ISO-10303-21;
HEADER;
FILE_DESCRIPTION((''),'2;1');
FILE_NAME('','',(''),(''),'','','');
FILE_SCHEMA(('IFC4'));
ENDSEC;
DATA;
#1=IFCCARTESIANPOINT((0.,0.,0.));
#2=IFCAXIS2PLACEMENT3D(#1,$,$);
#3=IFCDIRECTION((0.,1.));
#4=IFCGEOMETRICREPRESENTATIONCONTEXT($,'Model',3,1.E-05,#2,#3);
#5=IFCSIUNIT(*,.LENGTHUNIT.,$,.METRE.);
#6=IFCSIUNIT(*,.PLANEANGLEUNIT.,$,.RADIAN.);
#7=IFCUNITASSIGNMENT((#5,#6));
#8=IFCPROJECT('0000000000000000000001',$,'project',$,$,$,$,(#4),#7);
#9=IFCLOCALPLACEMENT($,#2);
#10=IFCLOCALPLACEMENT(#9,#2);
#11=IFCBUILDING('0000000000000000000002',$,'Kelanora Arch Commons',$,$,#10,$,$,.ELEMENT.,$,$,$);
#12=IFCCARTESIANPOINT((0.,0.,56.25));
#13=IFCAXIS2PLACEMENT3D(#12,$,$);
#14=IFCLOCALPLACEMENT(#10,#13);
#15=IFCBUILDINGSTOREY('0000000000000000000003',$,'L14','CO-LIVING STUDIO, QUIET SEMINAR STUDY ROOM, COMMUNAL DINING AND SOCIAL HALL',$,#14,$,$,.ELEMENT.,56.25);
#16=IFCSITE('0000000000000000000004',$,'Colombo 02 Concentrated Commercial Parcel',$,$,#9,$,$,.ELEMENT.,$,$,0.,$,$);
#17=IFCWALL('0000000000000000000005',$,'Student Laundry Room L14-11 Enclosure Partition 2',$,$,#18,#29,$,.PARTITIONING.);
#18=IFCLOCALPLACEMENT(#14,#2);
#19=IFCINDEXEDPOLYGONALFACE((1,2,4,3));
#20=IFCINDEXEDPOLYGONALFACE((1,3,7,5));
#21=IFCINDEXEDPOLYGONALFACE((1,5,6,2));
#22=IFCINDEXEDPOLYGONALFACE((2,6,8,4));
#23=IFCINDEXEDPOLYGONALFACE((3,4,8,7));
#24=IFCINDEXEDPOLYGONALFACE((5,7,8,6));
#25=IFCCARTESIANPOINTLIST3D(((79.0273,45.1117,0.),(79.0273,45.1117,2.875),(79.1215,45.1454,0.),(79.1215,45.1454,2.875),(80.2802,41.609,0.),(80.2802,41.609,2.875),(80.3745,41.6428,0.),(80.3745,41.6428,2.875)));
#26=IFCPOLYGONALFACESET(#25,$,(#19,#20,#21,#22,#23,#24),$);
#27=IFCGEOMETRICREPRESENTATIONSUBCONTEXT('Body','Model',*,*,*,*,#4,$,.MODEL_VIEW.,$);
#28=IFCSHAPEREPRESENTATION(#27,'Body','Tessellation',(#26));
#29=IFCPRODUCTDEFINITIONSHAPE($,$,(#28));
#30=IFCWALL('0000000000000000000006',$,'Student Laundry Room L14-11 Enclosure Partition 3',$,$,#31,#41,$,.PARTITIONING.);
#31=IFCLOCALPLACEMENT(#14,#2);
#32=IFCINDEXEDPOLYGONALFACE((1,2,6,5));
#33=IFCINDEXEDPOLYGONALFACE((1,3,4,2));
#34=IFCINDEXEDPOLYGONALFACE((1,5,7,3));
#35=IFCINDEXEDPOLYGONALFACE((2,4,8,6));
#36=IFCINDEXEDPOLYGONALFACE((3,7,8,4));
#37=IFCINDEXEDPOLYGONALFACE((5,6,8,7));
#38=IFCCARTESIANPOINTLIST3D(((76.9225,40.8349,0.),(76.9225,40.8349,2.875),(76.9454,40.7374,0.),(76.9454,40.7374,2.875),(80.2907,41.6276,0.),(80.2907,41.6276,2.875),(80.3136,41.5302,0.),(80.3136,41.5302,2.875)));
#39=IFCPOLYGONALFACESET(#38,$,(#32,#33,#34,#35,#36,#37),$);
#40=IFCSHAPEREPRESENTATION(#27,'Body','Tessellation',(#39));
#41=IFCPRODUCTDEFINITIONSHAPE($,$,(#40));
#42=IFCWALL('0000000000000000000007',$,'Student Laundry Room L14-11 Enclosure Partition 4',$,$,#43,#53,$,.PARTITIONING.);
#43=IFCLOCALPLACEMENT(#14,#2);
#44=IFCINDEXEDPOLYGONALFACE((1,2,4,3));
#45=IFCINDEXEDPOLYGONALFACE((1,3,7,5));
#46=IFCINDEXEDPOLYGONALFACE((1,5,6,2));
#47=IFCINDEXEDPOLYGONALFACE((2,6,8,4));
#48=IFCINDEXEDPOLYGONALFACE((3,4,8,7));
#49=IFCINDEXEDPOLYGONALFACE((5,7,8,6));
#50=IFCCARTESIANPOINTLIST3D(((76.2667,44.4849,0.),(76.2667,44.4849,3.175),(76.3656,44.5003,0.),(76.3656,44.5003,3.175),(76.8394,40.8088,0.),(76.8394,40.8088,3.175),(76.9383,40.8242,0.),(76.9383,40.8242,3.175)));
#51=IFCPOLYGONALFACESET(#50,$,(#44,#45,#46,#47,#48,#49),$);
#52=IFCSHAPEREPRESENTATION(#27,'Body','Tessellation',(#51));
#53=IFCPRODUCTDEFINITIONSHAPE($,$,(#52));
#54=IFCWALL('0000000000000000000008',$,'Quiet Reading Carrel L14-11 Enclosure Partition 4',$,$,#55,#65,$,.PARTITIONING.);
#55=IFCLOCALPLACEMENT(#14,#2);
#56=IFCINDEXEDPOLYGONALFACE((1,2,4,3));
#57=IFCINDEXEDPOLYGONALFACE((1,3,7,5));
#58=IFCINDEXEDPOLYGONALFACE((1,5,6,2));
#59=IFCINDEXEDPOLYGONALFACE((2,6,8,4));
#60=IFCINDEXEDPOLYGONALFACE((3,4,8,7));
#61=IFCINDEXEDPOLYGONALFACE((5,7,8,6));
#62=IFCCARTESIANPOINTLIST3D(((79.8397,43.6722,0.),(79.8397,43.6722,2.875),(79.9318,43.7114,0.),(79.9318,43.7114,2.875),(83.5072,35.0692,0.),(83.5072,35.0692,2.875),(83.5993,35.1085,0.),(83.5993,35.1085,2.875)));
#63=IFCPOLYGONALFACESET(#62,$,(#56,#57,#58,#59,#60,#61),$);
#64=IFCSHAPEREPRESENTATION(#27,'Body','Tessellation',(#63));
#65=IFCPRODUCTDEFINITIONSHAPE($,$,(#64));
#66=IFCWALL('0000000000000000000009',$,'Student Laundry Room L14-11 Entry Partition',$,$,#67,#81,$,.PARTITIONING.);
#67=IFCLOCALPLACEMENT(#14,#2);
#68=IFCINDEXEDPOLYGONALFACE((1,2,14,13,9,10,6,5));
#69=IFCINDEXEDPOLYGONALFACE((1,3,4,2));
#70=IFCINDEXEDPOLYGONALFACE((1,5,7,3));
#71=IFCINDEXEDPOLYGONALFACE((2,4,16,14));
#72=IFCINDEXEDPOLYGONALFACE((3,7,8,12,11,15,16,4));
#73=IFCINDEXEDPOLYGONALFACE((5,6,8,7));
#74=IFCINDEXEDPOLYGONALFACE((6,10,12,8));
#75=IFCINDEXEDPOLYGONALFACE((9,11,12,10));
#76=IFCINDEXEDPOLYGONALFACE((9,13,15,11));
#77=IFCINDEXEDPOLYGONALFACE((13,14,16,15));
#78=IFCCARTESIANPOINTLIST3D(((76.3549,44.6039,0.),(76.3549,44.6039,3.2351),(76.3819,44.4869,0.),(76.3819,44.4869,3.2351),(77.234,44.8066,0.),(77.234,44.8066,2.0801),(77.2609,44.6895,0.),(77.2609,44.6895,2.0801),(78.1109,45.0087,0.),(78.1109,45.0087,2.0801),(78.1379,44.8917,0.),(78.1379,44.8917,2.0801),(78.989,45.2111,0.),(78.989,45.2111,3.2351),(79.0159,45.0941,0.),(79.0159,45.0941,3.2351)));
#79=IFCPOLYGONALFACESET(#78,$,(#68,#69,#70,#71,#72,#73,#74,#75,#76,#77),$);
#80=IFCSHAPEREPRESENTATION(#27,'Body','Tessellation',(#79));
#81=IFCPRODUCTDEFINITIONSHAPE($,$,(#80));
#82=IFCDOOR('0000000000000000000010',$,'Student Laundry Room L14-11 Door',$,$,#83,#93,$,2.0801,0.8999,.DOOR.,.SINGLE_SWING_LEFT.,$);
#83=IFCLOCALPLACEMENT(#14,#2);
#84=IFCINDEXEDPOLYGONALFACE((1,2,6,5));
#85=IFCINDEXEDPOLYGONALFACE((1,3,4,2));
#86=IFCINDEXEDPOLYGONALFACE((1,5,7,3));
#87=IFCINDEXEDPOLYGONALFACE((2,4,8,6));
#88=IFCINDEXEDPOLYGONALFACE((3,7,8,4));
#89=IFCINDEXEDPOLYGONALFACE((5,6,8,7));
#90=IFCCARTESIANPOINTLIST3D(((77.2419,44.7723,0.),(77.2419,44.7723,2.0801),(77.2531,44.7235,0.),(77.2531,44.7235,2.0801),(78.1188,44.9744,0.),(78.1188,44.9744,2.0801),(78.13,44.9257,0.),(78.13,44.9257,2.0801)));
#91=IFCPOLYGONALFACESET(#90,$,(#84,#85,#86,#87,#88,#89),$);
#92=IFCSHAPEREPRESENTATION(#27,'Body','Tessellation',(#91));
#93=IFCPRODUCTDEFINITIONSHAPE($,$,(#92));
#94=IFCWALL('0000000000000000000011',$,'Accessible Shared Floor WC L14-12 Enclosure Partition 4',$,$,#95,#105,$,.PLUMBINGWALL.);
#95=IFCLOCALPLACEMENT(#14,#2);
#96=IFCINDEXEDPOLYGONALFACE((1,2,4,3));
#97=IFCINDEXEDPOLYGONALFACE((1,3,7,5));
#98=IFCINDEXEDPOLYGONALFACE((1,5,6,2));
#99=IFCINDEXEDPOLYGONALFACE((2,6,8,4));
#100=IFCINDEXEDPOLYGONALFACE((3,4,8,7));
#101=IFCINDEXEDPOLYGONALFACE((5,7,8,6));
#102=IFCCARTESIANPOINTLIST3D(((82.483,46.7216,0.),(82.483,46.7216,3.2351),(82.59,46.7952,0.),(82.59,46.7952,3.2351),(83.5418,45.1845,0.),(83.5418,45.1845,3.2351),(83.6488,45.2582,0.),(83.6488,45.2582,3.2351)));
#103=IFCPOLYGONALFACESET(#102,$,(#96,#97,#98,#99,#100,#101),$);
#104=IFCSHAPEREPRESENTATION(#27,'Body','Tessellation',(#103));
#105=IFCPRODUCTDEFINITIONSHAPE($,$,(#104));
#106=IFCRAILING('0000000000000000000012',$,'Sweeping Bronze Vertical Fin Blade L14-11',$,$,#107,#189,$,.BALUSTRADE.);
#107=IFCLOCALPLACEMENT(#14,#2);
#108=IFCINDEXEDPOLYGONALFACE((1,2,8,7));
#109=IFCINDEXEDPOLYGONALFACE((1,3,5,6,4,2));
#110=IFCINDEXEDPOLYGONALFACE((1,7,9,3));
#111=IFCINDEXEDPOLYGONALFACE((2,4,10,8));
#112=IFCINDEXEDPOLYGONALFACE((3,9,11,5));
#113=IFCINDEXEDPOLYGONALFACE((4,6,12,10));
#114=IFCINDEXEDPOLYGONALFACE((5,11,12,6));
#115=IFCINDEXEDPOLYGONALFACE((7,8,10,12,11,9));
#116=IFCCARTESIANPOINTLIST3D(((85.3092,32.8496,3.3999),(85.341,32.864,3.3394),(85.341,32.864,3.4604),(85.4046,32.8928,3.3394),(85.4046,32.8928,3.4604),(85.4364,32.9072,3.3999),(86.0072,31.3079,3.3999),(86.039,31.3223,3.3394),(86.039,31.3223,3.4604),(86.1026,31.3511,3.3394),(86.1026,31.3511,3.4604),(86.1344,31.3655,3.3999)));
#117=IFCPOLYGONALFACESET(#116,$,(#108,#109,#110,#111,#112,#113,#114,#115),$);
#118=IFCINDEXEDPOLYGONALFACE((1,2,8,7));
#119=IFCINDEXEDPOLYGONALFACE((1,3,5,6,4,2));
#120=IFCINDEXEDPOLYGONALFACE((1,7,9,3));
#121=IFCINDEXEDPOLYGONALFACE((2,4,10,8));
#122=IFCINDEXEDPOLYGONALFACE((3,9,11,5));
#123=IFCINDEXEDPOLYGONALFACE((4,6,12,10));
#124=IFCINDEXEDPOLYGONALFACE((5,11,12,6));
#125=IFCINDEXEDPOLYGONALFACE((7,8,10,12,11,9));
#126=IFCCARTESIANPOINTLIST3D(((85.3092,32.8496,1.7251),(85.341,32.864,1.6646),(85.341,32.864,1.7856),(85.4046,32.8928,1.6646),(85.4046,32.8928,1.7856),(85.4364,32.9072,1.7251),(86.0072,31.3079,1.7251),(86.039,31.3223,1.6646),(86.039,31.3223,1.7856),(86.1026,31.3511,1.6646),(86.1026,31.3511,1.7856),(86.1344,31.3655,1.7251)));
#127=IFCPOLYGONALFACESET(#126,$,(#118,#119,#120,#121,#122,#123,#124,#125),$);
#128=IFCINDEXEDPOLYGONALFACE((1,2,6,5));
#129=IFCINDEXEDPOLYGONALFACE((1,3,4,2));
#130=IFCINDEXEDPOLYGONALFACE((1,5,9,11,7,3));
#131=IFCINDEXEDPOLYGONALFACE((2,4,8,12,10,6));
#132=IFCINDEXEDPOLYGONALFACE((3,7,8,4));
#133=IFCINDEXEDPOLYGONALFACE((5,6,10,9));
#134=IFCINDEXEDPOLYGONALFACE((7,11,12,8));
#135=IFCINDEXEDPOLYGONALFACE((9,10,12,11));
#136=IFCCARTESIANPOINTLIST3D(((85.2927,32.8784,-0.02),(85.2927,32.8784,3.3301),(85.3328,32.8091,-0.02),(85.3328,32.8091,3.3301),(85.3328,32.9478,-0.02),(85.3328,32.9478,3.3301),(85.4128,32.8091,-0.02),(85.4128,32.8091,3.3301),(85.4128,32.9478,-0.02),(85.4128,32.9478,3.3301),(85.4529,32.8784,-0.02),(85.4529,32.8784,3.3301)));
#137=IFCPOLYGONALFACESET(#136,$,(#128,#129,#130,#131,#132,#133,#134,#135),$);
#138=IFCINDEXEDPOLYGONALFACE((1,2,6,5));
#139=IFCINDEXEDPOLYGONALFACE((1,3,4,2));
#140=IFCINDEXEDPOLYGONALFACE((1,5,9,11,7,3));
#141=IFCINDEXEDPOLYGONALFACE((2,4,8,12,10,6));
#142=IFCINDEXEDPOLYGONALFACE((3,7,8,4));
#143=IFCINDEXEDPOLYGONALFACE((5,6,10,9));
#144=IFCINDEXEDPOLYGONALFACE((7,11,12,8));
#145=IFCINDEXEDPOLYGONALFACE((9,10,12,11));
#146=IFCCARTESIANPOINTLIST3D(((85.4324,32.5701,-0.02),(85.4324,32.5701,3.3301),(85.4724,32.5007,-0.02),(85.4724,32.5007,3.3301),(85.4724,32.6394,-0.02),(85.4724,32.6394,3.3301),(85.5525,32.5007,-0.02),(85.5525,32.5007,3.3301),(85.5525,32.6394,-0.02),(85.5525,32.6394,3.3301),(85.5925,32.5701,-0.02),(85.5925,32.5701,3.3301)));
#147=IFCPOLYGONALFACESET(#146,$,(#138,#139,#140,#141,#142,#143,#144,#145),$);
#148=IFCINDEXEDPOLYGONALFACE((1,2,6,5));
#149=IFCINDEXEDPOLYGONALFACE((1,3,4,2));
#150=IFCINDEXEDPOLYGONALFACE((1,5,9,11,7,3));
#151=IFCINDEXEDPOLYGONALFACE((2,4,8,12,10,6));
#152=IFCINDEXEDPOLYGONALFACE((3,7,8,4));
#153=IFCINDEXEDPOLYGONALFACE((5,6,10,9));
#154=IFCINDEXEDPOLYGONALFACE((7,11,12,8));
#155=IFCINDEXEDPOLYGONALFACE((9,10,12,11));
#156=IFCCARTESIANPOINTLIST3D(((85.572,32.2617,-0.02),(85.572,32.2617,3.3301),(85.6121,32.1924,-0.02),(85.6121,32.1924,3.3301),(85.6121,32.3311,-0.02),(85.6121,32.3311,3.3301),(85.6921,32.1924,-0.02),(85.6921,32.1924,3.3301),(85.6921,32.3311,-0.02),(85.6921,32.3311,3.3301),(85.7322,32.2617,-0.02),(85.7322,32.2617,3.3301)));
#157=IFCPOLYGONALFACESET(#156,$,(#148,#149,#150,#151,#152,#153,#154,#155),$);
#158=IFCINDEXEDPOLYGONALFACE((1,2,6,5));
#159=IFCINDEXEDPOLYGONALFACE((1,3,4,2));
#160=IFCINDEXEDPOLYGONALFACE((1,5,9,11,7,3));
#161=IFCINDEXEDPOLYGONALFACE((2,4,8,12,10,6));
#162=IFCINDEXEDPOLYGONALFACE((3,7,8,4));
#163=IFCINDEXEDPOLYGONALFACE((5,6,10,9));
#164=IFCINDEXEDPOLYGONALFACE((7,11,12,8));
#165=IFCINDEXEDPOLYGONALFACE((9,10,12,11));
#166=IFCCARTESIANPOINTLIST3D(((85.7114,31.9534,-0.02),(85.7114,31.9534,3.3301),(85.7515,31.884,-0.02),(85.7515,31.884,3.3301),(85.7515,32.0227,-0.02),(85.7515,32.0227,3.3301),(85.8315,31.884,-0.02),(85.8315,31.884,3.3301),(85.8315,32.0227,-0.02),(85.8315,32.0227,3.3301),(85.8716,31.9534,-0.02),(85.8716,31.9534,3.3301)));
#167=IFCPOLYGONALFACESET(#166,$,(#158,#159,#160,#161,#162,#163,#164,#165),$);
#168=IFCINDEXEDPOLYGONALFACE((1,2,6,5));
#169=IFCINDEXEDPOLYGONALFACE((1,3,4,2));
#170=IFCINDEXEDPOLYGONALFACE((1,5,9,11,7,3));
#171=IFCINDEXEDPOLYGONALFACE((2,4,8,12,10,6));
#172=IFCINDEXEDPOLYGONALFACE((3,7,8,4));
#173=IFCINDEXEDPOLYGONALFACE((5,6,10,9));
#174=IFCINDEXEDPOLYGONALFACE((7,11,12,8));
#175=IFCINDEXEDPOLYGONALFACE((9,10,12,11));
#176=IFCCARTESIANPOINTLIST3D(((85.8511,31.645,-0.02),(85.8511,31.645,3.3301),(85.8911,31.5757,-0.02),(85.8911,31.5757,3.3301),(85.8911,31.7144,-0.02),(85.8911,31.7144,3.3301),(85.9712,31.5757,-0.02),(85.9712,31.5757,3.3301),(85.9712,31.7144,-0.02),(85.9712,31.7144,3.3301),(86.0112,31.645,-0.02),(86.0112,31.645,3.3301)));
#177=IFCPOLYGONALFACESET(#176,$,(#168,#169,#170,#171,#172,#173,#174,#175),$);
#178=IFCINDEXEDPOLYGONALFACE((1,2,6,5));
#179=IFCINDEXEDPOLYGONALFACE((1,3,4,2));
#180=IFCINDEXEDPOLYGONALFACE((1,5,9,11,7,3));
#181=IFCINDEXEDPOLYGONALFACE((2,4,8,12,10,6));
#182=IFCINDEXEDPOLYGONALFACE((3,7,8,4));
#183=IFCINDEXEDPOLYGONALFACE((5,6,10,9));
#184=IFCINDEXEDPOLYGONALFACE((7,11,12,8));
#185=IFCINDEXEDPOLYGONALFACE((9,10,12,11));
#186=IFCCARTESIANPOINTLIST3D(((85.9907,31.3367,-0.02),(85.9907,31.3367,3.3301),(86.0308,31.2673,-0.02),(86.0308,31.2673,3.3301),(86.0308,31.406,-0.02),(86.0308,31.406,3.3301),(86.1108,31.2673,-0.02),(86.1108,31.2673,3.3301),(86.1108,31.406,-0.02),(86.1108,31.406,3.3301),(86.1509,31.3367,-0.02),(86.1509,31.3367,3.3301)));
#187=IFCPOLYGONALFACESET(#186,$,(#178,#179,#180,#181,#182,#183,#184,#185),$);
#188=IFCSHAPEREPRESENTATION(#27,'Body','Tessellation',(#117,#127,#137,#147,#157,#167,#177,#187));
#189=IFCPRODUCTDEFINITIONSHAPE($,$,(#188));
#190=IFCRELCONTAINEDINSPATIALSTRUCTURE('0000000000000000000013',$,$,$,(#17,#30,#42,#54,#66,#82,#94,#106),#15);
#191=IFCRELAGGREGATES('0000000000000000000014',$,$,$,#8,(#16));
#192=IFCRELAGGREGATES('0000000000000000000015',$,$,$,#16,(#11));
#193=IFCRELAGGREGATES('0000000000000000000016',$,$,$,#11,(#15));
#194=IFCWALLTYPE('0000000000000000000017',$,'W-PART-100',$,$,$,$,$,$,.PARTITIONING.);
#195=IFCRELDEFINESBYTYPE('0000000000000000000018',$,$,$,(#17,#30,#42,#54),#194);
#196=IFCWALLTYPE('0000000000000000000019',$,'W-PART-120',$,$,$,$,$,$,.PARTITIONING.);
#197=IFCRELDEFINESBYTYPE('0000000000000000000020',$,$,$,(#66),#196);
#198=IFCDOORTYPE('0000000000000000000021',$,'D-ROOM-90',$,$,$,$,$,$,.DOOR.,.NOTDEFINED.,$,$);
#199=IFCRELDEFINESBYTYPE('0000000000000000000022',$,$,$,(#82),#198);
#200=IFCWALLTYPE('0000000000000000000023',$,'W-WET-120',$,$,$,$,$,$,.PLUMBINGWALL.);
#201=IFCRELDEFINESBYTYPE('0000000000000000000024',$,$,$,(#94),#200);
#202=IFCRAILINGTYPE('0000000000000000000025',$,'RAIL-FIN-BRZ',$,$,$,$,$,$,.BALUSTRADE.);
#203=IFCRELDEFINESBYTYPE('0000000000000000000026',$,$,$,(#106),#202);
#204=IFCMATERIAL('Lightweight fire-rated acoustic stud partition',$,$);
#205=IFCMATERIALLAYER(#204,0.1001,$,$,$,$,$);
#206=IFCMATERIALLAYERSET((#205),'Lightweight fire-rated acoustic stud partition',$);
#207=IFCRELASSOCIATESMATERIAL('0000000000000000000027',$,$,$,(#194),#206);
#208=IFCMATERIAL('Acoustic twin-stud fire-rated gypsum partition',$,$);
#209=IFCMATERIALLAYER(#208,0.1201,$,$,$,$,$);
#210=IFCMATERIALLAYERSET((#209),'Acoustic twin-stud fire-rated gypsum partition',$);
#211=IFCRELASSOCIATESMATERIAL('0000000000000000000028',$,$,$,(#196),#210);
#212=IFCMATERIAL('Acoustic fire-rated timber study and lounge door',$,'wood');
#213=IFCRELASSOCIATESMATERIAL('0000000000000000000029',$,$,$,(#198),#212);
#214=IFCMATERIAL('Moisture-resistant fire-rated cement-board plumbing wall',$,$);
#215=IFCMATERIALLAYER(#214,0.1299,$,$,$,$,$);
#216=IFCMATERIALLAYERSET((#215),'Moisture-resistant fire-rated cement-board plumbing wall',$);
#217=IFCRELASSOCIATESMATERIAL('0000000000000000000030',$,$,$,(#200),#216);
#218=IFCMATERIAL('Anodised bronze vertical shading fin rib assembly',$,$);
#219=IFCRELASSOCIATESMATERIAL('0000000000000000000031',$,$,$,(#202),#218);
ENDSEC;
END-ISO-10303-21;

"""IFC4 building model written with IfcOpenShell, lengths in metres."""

from ifc_helpers import new_model, si_unit, direction, frame, frame_2d, origin, place, context, subcontext, project, spatial, polyline, rectangle, outline, extrude, material, layer, layer_set, type_object, element, fill, save


model = new_model("IFC4")

# Units and contexts
model_context = context("Model", 3, precision=1e-05, world=origin(), true_north=direction((0.0, 1.0)))
body_context = subcontext(model_context, "Body", "Model", "MODEL_VIEW")
ifc_project = project(units=[si_unit("LENGTHUNIT", "METRE"), si_unit("PLANEANGLEUNIT", "RADIAN")], contexts=[model_context])

# Site, building, storey
site_placement = place(None, origin())
site = spatial("IfcSite", under=ifc_project, at=site_placement, Name="Colombo 02 Concentrated Commercial Parcel", CompositionType="ELEMENT", RefElevation=0.0)
building_placement = place(site_placement, origin())
building = spatial("IfcBuilding", under=site, at=building_placement, Name="Kelanora Arch Commons", CompositionType="ELEMENT")
storey_placement = place(building_placement, frame((0.0, 0.0, 56.25)))
storey = spatial("IfcBuildingStorey", under=building, at=storey_placement, Name="L14", Description="CO-LIVING STUDIO, QUIET SEMINAR STUDY ROOM, COMMUNAL DINING AND SOCIAL HALL", CompositionType="ELEMENT", Elevation=56.25)

# Walls
ifc_material_1 = material(Name="Lightweight fire-rated acoustic stud partition")
ifc_layer_1 = layer(ifc_material_1, 0.1001)
ifc_layer_set_1 = layer_set([ifc_layer_1], Name="Lightweight fire-rated acoustic stud partition")
wall_type_1 = type_object("IfcWallType", Name="W-PART-100", PredefinedType="PARTITIONING", material=ifc_layer_set_1)
wall_1_placement = place(storey_placement, frame((79.0745, 45.1284, 0.0), z_axis=(0.0, 0.0, 1.0), x_axis=(0.336806, -0.941574, 0.0)))
element("IfcWall", 1, at=wall_1_placement, inside=storey, type_object=wall_type_1, Name="Student Laundry Room L14-11 Enclosure Partition 2", PredefinedType="PARTITIONING", context=body_context, shape_type="SweptSolid", body=[
    extrude(rectangle(XDim=3.72, YDim=0.1001, at=frame_2d((1.8599, 0.0))), origin(), (0.0, 0.0, 1.0), 2.875),
])
wall_2_placement = place(storey_placement, frame((80.302, 41.5789, 0.0), z_axis=(0.0, 0.0, 1.0), x_axis=(-0.973403, -0.229098, 0.0)))
element("IfcWall", 2, at=wall_2_placement, inside=storey, type_object=wall_type_1, Name="Student Laundry Room L14-11 Enclosure Partition 3", PredefinedType="PARTITIONING", context=body_context, shape_type="SweptSolid", body=[
    extrude(rectangle(XDim=3.4602, YDim=0.1001, at=frame_2d((1.73, 0.0))), origin(), (0.0, 0.0, 1.0), 2.875),
])
wall_3_placement = place(storey_placement, frame((76.8889, 40.8164, 0.0), z_axis=(0.0, 0.0, 1.0), x_axis=(-0.15395, 0.988079, 0.0)))
element("IfcWall", 3, at=wall_3_placement, inside=storey, type_object=wall_type_1, Name="Student Laundry Room L14-11 Enclosure Partition 4", PredefinedType="PARTITIONING", context=body_context, shape_type="SweptSolid", body=[
    extrude(rectangle(XDim=3.7205, YDim=0.1001, at=frame_2d((1.8604, 0.0))), origin(), (0.0, 0.0, 1.0), 3.175),
])
wall_4_placement = place(storey_placement, frame((83.5532, 35.0889, 0.0), z_axis=(0.0, 0.0, 1.0), x_axis=(-0.392154, 0.919899, 0.0)))
element("IfcWall", 4, at=wall_4_placement, inside=storey, type_object=wall_type_1, Name="Quiet Reading Carrel L14-11 Enclosure Partition 4", PredefinedType="PARTITIONING", context=body_context, shape_type="SweptSolid", body=[
    extrude(rectangle(XDim=9.3521, YDim=0.1001, at=frame_2d((4.676, 0.0))), origin(), (0.0, 0.0, 1.0), 2.875),
])

# Wall, opening, door
ifc_material_2 = material(Name="Acoustic twin-stud fire-rated gypsum partition")
ifc_layer_2 = layer(ifc_material_2, 0.1201)
ifc_layer_set_2 = layer_set([ifc_layer_2], Name="Acoustic twin-stud fire-rated gypsum partition")
wall_type_2 = type_object("IfcWallType", Name="W-PART-120", PredefinedType="PARTITIONING", material=ifc_layer_set_2)
wall_5_placement = place(storey_placement, frame((76.3684, 44.5454, 0.0), z_axis=(0.0, 0.0, 1.0), x_axis=(0.974446, 0.224622, 0.0)))
wall_5 = element("IfcWall", 5, at=wall_5_placement, inside=storey, type_object=wall_type_2, Name="Student Laundry Room L14-11 Entry Partition", PredefinedType="PARTITIONING", context=body_context, shape_type="SweptSolid", body=[
    extrude(rectangle(XDim=2.7031, YDim=0.1201, at=frame_2d((1.3516, 0.0))), origin(), (0.0, 0.0, 1.0), 3.2351),
])
opening_placement = place(wall_5_placement, frame((0.9021, 0.0, 0.0)))
opening = element("IfcOpeningElement", 6, at=opening_placement, cuts=wall_5, PredefinedType="OPENING", context=body_context, shape_type="SweptSolid", body=[
    extrude(rectangle(XDim=0.8999, YDim=2.0801, at=frame_2d((0.45, 1.04))), frame((0.0, 0.0701, 0.0), z_axis=(0.0, -1.0, 0.0), x_axis=(1.0, 0.0, 0.0)), (0.0, 0.0, 1.0), 0.1401),
])
ifc_material_3 = material(Name="Acoustic fire-rated timber study and lounge door", Category="wood")
door_type = type_object("IfcDoorType", Name="D-ROOM-90", OperationType="NOTDEFINED", PredefinedType="DOOR", material=ifc_material_3)
door_placement = place(opening_placement, origin())
door = element("IfcDoor", 7, at=door_placement, inside=storey, type_object=door_type, Name="Student Laundry Room L14-11 Door", OperationType="SINGLE_SWING_LEFT", OverallHeight=2.0801, OverallWidth=0.8999, PredefinedType="DOOR", context=body_context, shape_type="SweptSolid", body=[
    extrude(rectangle(XDim=0.8999, YDim=2.0801, at=frame_2d((0.45, 1.04))), frame((0.0, 0.0249, 0.0), z_axis=(0.0, -1.0, 0.0), x_axis=(1.0, 0.0, 0.0)), (0.0, 0.0, 1.0), 0.05),
])
fill(opening, door)

# Wall
ifc_material_4 = material(Name="Moisture-resistant fire-rated cement-board plumbing wall")
ifc_layer_3 = layer(ifc_material_4, 0.1299)
ifc_layer_set_3 = layer_set([ifc_layer_3], Name="Moisture-resistant fire-rated cement-board plumbing wall")
wall_type_3 = type_object("IfcWallType", Name="W-WET-120", PredefinedType="PLUMBINGWALL", material=ifc_layer_set_3)
wall_6_placement = place(storey_placement, frame((83.5952, 45.2214, 0.0), z_axis=(0.0, 0.0, 1.0), x_axis=(-0.567284, 0.823523, 0.0)))
element("IfcWall", 8, at=wall_6_placement, inside=storey, type_object=wall_type_3, Name="Accessible Shared Floor WC L14-12 Enclosure Partition 4", PredefinedType="PLUMBINGWALL", context=body_context, shape_type="SweptSolid", body=[
    extrude(rectangle(XDim=1.8665, YDim=0.1299, at=frame_2d((0.9331, 0.0))), origin(), (0.0, 0.0, 1.0), 3.2351),
])

# Railing
ifc_material_5 = material(Name="Anodised bronze vertical shading fin rib assembly")
railing_type = type_object("IfcRailingType", Name="RAIL-FIN-BRZ", PredefinedType="BALUSTRADE", material=ifc_material_5)
railing_placement = place(storey_placement, frame((85.3728, 32.8784, -0.02)))
element("IfcRailing", 9, at=railing_placement, inside=storey, type_object=railing_type, Name="Sweeping Bronze Vertical Fin Blade L14-11", PredefinedType="BALUSTRADE", context=body_context, shape_type="SweptSolid", body=[
    extrude(outline(polyline([(0.0698, 0.0), (0.0349, 0.0605), (-0.0349, 0.0605), (-0.0698, 0.0), (-0.0349, -0.0605), (0.0349, -0.0605), (0.0698, 0.0)])), frame((0.0, 0.0, 3.4199), z_axis=(0.412433, -0.910988, 0.0), x_axis=(0.910988, 0.412433, 0.0)), (0.0, 0.0, 1.0), 1.6924),
    extrude(outline(polyline([(0.0698, 0.0), (0.0349, 0.0605), (-0.0349, 0.0605), (-0.0698, 0.0), (-0.0349, -0.0605), (0.0349, -0.0605), (0.0698, 0.0)])), frame((0.0, 0.0, 1.7451), z_axis=(0.412433, -0.910988, 0.0), x_axis=(0.910988, 0.412433, 0.0)), (0.0, 0.0, 1.0), 1.6924),
    extrude(outline(polyline([(0.0801, 0.0), (0.04, 0.0693), (-0.04, 0.0693), (-0.0801, 0.0), (-0.04, -0.0693), (0.04, -0.0693), (0.0801, 0.0)])), origin(), (0.0, 0.0, 1.0), 3.3501),
    extrude(outline(polyline([(0.0801, 0.0), (0.04, 0.0693), (-0.04, 0.0693), (-0.0801, 0.0), (-0.04, -0.0693), (0.04, -0.0693), (0.0801, 0.0)])), frame((0.1396, -0.3083, 0.0)), (0.0, 0.0, 1.0), 3.3501),
    extrude(outline(polyline([(0.0801, 0.0), (0.04, 0.0693), (-0.04, 0.0693), (-0.0801, 0.0), (-0.04, -0.0693), (0.04, -0.0693), (0.0801, 0.0)])), frame((0.2793, -0.6167, 0.0)), (0.0, 0.0, 1.0), 3.3501),
    extrude(outline(polyline([(0.0801, 0.0), (0.04, 0.0693), (-0.04, 0.0693), (-0.0801, 0.0), (-0.04, -0.0693), (0.04, -0.0693), (0.0801, 0.0)])), frame((0.4187, -0.925, 0.0)), (0.0, 0.0, 1.0), 3.3501),
    extrude(outline(polyline([(0.0801, 0.0), (0.04, 0.0693), (-0.04, 0.0693), (-0.0801, 0.0), (-0.04, -0.0693), (0.04, -0.0693), (0.0801, 0.0)])), frame((0.5583, -1.2334, 0.0)), (0.0, 0.0, 1.0), 3.3501),
    extrude(outline(polyline([(0.0801, 0.0), (0.04, 0.0693), (-0.04, 0.0693), (-0.0801, 0.0), (-0.04, -0.0693), (0.04, -0.0693), (0.0801, 0.0)])), frame((0.698, -1.5417, 0.0)), (0.0, 0.0, 1.0), 3.3501),
])

save(model, "model.ifc")
